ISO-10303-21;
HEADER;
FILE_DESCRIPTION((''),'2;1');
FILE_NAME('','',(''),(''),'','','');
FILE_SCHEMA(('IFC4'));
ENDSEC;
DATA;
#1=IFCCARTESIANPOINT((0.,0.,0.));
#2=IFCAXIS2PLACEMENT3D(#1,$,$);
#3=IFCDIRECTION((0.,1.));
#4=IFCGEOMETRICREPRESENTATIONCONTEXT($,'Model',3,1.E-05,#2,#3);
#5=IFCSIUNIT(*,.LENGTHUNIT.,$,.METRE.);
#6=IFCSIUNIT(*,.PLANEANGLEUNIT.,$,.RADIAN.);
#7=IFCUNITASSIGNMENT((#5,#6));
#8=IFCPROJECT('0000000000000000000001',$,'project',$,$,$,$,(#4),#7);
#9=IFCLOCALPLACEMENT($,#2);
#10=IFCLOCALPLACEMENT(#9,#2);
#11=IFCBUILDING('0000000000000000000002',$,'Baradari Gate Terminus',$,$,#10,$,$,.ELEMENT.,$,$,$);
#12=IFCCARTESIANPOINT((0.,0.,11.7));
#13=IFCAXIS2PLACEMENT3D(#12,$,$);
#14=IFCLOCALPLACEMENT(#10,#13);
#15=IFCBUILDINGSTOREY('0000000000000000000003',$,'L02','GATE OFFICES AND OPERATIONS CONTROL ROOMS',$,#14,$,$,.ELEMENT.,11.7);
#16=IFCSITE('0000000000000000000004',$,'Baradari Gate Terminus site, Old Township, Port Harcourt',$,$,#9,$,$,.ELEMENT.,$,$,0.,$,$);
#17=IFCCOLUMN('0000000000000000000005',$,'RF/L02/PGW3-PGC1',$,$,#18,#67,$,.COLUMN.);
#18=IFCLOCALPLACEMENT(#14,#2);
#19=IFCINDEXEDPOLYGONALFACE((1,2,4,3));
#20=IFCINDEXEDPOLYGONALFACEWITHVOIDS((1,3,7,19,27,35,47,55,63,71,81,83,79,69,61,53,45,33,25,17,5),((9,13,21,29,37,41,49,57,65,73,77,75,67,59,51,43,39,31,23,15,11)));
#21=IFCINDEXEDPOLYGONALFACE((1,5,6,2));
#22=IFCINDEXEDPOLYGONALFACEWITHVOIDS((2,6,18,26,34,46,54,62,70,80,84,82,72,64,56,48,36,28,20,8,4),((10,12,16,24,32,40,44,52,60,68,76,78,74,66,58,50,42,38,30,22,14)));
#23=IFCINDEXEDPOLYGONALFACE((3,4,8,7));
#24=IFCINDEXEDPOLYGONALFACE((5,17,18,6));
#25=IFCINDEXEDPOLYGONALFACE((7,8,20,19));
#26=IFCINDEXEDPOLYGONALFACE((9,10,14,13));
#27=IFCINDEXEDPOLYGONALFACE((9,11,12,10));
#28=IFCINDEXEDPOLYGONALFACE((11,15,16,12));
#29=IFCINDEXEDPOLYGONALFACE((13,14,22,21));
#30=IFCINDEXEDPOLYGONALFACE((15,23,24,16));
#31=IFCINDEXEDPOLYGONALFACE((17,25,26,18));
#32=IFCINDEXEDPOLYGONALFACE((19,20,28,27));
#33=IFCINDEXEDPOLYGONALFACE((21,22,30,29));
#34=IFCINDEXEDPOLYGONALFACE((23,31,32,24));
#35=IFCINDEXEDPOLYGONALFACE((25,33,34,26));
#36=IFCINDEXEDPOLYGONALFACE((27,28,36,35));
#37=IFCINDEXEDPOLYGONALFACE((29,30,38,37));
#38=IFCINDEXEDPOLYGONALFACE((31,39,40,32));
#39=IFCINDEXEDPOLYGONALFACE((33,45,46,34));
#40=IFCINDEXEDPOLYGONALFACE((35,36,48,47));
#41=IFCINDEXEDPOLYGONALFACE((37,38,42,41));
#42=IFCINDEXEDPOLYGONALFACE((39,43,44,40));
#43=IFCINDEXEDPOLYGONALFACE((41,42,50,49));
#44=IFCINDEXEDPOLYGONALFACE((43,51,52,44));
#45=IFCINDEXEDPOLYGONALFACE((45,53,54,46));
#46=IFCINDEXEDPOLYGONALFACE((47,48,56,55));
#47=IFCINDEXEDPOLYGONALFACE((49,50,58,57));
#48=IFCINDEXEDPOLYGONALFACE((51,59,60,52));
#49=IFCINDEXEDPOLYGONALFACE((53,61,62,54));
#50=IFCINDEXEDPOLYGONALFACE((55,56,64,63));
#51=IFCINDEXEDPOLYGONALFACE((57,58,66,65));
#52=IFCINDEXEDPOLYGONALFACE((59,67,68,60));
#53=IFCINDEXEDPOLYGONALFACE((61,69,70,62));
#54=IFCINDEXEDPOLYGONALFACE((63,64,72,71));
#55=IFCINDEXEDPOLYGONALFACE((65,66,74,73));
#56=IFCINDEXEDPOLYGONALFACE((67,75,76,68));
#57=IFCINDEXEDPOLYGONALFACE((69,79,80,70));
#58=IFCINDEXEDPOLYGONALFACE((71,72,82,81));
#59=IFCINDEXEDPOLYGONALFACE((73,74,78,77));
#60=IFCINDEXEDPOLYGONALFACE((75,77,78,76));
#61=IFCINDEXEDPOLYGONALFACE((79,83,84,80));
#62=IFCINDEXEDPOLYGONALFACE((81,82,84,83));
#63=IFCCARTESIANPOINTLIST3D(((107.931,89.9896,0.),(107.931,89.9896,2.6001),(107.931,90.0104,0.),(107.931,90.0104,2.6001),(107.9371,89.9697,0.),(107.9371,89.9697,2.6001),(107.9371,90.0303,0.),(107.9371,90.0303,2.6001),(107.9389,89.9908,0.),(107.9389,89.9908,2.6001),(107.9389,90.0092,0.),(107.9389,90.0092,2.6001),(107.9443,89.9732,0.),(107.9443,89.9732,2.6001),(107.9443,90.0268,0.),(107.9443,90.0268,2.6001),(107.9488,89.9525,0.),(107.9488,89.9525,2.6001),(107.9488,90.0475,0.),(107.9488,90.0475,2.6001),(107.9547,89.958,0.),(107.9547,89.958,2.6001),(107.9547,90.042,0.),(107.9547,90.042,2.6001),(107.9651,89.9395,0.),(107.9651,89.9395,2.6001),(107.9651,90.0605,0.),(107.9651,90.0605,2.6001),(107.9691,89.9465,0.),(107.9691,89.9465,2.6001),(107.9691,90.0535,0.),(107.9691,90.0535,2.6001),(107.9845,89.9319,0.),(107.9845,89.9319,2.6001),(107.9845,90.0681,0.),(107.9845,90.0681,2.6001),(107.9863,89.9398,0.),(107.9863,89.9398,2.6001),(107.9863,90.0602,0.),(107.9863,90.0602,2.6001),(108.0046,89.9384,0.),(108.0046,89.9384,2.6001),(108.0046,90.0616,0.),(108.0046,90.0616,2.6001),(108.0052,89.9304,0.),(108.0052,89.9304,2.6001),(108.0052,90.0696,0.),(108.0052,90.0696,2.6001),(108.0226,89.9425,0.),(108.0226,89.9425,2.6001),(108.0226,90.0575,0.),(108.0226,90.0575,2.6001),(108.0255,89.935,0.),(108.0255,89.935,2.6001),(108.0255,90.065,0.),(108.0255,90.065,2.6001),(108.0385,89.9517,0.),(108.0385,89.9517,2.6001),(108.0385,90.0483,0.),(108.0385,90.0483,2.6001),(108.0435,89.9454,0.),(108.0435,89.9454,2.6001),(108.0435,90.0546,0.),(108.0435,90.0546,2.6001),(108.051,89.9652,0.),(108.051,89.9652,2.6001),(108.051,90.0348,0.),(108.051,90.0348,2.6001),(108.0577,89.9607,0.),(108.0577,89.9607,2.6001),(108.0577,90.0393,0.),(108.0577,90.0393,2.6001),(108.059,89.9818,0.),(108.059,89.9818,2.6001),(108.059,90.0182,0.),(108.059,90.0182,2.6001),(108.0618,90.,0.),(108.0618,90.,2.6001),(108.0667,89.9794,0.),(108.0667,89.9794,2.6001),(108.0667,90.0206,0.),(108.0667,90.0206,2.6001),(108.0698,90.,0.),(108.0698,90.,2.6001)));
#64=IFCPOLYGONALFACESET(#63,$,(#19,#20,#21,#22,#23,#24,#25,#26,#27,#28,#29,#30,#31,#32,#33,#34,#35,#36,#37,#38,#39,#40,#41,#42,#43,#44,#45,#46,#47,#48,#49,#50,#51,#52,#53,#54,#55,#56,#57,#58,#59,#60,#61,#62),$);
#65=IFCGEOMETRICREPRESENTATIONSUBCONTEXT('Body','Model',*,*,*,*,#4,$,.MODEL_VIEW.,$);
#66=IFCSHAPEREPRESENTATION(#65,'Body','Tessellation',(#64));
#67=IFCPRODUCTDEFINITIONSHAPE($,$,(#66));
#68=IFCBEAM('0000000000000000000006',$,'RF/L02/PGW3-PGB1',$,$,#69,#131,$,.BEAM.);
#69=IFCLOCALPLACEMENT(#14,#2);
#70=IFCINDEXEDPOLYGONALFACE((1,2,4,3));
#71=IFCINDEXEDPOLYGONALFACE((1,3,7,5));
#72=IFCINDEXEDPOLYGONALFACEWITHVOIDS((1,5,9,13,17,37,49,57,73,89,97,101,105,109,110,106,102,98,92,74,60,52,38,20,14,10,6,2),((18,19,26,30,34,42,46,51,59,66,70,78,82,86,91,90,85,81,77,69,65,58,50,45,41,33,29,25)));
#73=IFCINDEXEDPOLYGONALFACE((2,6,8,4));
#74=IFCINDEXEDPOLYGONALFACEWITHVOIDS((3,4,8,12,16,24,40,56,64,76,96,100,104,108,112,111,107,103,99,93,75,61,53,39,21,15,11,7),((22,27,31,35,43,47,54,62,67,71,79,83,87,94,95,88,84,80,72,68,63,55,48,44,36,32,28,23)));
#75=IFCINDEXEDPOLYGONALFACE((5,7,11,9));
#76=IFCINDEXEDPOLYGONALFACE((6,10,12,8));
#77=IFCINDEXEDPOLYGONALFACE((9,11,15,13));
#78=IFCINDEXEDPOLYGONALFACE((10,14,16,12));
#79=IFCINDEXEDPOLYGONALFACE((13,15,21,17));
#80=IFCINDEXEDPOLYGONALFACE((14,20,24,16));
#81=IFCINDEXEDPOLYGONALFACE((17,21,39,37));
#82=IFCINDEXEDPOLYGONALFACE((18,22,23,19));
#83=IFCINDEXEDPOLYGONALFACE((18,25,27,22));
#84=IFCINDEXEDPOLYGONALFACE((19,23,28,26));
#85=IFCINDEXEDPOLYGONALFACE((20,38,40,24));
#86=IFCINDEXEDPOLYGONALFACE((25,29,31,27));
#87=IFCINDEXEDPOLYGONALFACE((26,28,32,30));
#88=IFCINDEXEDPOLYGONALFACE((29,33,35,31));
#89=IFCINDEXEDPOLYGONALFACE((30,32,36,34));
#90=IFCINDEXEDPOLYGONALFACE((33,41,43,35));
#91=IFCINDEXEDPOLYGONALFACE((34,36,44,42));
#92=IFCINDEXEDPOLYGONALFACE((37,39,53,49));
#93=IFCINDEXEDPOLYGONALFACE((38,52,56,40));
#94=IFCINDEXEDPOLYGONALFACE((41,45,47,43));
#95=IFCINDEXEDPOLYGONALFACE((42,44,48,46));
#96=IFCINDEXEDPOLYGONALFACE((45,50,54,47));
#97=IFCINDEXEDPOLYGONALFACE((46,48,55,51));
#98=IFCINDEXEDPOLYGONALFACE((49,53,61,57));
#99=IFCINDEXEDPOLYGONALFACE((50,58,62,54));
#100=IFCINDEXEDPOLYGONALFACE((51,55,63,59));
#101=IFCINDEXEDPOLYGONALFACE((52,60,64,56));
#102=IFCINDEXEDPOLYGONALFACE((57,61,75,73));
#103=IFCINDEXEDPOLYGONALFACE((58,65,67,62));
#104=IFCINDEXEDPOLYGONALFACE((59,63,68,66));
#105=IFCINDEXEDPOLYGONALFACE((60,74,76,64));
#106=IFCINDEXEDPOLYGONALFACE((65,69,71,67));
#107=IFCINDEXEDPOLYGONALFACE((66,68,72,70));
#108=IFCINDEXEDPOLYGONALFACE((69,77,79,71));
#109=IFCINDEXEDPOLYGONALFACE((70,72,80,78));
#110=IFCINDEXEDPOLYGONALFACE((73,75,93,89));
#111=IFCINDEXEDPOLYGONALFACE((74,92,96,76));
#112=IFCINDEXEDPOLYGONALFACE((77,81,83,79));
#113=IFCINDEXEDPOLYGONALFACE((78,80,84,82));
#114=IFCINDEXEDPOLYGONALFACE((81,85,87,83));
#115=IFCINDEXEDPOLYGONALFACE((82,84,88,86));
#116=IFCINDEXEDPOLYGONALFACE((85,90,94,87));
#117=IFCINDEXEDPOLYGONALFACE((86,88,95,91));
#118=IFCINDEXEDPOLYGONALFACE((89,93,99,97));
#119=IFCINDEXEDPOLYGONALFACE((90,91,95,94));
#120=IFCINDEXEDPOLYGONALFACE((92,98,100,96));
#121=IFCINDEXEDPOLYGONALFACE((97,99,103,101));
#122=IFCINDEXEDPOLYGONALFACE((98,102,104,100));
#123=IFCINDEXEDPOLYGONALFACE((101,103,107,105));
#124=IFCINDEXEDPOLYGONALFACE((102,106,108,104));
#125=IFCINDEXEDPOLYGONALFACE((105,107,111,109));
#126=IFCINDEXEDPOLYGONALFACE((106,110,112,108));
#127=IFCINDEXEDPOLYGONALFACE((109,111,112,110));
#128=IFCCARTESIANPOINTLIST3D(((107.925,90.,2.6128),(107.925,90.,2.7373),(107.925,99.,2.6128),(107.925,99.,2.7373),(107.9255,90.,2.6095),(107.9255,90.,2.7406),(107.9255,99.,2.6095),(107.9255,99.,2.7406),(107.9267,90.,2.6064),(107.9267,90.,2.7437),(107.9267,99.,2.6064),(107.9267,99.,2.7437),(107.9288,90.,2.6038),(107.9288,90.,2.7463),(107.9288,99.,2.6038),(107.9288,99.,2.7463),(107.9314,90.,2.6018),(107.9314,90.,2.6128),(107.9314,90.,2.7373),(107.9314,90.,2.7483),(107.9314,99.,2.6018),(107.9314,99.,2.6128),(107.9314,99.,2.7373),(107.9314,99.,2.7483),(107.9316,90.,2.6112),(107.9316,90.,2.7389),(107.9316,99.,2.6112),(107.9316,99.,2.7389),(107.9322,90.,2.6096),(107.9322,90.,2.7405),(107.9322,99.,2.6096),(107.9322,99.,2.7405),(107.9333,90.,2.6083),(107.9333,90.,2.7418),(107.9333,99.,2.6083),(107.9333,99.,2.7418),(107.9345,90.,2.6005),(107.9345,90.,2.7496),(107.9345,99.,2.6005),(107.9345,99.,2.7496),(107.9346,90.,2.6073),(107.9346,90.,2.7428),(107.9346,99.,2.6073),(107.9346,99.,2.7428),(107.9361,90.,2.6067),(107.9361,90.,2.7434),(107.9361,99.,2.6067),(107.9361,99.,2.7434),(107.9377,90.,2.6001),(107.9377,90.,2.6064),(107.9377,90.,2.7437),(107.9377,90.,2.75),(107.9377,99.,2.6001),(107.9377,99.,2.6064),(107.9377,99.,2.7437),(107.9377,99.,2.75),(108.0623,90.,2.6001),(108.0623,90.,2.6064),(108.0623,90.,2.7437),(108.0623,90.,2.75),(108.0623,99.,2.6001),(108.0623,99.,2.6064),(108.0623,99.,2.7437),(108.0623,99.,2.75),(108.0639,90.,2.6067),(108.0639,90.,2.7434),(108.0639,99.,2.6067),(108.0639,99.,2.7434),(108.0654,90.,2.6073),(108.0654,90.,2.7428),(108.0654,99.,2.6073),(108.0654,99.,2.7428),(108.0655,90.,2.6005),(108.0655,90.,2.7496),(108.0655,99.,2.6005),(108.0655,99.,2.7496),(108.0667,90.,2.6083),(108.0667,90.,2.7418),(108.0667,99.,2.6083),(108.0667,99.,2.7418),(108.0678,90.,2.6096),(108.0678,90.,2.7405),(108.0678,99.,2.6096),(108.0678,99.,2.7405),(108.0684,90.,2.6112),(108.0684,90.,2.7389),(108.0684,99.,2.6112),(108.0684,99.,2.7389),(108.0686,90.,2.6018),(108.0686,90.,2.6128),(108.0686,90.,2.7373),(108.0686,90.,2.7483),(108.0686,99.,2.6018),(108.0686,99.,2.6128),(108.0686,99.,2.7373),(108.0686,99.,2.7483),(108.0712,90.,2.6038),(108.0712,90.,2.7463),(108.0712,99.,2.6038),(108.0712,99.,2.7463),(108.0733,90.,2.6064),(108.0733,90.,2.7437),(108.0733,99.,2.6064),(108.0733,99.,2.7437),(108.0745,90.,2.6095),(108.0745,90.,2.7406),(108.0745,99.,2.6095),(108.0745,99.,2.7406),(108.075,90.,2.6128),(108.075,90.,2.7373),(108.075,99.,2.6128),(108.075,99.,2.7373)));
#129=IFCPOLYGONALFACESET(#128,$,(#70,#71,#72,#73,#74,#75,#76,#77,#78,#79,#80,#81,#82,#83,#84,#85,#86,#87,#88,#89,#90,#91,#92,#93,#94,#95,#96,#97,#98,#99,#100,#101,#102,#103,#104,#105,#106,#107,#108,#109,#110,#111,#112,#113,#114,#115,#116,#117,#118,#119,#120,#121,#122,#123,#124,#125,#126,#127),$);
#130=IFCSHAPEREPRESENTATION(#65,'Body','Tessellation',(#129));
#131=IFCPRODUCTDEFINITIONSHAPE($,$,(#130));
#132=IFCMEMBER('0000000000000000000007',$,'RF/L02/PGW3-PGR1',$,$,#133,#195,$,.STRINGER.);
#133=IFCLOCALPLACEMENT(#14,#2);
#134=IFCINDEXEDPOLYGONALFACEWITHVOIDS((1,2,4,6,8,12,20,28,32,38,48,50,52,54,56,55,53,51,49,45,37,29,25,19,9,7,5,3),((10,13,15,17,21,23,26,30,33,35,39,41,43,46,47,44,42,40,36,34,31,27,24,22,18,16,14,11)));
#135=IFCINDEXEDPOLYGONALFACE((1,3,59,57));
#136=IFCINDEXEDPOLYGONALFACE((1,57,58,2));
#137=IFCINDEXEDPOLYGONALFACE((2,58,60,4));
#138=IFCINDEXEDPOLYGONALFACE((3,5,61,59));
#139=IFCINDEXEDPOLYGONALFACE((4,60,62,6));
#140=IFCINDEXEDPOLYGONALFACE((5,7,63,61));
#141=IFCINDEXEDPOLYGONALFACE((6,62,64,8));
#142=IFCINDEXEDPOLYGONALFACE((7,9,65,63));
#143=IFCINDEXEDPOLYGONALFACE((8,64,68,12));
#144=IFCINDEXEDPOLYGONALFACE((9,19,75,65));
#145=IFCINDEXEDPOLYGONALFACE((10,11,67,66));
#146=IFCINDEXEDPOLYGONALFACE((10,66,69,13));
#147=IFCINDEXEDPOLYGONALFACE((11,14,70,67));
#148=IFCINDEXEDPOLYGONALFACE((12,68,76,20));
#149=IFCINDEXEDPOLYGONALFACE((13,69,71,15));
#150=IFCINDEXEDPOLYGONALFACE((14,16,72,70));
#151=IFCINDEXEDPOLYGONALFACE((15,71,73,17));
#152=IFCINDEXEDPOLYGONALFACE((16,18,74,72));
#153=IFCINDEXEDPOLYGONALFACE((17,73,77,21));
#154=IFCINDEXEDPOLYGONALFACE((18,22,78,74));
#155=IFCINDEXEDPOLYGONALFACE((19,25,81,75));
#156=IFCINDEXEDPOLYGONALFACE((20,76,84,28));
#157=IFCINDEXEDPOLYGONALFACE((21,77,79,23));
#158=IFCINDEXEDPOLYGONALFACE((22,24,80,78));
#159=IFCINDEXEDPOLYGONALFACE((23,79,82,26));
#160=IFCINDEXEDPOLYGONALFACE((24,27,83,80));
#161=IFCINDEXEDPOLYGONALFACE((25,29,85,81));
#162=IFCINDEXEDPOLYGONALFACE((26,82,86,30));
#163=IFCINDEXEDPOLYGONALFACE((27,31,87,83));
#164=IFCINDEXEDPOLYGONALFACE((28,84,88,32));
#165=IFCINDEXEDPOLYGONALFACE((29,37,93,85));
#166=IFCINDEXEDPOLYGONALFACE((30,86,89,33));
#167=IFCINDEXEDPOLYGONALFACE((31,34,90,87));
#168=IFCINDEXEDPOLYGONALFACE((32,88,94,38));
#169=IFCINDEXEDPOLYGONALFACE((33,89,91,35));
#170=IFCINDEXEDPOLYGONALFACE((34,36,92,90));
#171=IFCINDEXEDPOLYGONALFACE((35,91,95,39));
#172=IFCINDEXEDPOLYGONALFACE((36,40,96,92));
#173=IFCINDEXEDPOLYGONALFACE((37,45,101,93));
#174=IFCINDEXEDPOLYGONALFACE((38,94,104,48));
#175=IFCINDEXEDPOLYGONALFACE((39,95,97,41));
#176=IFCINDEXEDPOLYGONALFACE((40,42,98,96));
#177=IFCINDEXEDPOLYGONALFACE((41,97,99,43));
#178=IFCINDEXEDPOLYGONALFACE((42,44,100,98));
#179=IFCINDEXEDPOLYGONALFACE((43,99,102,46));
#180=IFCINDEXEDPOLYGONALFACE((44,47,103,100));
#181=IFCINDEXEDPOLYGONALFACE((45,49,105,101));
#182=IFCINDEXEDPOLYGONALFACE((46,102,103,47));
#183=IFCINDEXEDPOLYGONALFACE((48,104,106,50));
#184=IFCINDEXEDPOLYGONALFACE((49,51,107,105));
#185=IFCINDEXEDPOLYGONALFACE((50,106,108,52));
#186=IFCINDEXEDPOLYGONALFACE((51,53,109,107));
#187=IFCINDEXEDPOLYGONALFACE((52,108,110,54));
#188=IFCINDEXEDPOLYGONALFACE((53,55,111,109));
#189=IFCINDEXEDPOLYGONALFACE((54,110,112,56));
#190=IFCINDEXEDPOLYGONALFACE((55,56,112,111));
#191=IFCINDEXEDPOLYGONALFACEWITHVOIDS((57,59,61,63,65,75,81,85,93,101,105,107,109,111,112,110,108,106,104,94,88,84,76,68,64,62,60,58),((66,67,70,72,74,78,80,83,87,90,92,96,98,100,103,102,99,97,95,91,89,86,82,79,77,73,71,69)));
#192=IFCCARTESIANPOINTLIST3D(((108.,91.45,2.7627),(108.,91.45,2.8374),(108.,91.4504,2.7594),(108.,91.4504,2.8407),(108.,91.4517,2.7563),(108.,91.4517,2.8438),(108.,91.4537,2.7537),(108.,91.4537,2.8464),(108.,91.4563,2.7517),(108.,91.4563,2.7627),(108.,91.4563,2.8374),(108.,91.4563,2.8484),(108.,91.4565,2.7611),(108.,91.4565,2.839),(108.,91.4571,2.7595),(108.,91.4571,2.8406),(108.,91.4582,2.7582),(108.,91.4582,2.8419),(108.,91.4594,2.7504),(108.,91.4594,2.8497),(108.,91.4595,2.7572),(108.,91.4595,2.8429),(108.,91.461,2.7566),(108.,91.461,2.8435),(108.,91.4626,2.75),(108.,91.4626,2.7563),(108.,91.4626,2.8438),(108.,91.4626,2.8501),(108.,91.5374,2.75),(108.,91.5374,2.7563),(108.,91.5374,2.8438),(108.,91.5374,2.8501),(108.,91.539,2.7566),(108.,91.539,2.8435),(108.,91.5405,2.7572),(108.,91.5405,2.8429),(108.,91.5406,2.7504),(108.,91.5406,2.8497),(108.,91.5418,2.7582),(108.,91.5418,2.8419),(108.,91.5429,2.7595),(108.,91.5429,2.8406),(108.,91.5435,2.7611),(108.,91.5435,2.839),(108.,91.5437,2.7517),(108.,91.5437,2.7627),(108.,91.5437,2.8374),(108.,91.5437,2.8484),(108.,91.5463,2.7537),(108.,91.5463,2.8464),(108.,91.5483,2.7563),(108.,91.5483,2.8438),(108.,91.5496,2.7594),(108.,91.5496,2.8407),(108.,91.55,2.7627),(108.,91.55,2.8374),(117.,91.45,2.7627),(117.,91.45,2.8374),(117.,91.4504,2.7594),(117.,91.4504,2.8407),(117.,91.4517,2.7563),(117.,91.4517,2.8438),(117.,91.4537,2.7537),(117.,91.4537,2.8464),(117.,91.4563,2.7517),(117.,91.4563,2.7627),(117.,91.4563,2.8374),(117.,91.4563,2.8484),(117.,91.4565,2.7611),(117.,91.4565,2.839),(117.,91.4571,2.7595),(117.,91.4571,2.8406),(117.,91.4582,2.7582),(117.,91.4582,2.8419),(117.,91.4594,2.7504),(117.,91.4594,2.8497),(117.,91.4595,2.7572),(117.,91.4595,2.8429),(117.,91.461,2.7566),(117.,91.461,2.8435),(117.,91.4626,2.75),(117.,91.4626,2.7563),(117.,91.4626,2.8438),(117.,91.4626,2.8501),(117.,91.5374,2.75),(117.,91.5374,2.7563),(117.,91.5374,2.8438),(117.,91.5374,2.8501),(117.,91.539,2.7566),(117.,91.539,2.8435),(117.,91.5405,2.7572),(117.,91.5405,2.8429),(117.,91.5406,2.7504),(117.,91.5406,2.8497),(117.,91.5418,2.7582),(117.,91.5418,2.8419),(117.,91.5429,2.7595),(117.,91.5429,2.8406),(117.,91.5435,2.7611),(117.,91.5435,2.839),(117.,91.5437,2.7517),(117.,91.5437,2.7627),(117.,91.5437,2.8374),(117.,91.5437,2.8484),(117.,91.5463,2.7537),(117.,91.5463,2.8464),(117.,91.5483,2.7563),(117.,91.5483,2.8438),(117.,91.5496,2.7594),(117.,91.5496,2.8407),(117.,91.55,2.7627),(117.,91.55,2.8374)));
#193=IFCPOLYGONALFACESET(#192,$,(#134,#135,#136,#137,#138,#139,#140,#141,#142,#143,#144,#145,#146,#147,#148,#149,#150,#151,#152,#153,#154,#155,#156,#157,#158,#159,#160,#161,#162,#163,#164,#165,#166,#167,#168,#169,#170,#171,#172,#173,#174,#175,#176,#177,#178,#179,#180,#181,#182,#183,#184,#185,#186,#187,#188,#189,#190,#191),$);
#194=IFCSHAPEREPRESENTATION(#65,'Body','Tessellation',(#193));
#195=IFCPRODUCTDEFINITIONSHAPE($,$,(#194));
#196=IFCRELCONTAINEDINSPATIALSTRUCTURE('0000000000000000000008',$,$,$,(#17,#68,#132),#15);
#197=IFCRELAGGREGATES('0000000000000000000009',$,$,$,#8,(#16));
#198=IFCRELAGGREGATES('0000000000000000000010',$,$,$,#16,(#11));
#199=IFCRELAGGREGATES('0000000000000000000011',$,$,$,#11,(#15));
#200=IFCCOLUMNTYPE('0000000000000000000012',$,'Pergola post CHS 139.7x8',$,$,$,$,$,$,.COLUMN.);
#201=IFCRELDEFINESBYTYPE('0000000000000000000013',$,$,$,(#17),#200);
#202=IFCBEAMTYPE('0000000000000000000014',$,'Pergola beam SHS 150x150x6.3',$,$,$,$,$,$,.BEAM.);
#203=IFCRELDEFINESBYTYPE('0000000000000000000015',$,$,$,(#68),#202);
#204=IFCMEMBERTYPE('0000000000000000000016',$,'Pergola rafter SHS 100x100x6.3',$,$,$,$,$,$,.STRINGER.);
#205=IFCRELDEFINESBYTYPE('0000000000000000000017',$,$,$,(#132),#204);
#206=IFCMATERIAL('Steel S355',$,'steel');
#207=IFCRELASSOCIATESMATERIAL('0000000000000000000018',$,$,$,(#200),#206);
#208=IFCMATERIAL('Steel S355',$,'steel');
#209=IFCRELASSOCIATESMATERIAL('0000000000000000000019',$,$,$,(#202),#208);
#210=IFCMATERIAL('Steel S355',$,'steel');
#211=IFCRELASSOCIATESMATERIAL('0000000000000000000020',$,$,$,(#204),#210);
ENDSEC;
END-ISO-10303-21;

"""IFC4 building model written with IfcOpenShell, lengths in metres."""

from ifc_helpers import new_model, si_unit, direction, frame, origin, origin_2d, place, context, subcontext, project, spatial, hollow_rectangle, hollow_circle, extrude, material, material_profile, profile_set, type_object, element, save


model = new_model("IFC4")

# Units and contexts
model_context = context("Model", 3, precision=1e-05, world=origin(), true_north=direction((0.0, 1.0)))
body_context = subcontext(model_context, "Body", "Model", "MODEL_VIEW")
ifc_project = project(units=[si_unit("LENGTHUNIT", "METRE"), si_unit("PLANEANGLEUNIT", "RADIAN")], contexts=[model_context])

# Site, building, storey
site_placement = place(None, origin())
site = spatial("IfcSite", under=ifc_project, at=site_placement, Name="Baradari Gate Terminus site, Old Township, Port Harcourt", CompositionType="ELEMENT", RefElevation=0.0)
building_placement = place(site_placement, origin())
building = spatial("IfcBuilding", under=site, at=building_placement, Name="Baradari Gate Terminus", CompositionType="ELEMENT")
storey_placement = place(building_placement, frame((0.0, 0.0, 11.7)))
storey = spatial("IfcBuildingStorey", under=building, at=storey_placement, Name="L02", Description="GATE OFFICES AND OPERATIONS CONTROL ROOMS", CompositionType="ELEMENT", Elevation=11.7)

# Column
ifc_material_1 = material(Name="Steel S355", Category="steel")
ifc_material_profile_1 = material_profile(ifc_material_1, hollow_circle(Radius=0.0698, WallThickness=0.0081, at=origin_2d()), Name="CHS 139.7x8")
ifc_profile_set_1 = profile_set([ifc_material_profile_1], Name="Steel S355")
column_type = type_object("IfcColumnType", Name="Pergola post CHS 139.7x8", PredefinedType="COLUMN", material=ifc_profile_set_1)
column_placement = place(storey_placement, frame((108.0, 90.0, 0.0), z_axis=(0.0, 0.0, 1.0), x_axis=(1.0, 0.0, 0.0)))
element("IfcColumn", 1, at=column_placement, inside=storey, type_object=column_type, Name="RF/L02/PGW3-PGC1", PredefinedType="COLUMN", context=body_context, shape_type="SweptSolid", body=[
    extrude(hollow_circle(Radius=0.0698, WallThickness=0.0081, at=origin_2d()), origin(), (0.0, 0.0, 1.0), 2.6001),
])

# Beam
ifc_material_2 = material(Name="Steel S355", Category="steel")
ifc_material_profile_2 = material_profile(ifc_material_2, hollow_rectangle(XDim=0.1499, YDim=0.1499, WallThickness=0.0063, InnerFilletRadius=0.0063, OuterFilletRadius=0.0127, at=origin_2d()), Name="SHS 150x150x6.3")
ifc_profile_set_2 = profile_set([ifc_material_profile_2], Name="Steel S355")
beam_type = type_object("IfcBeamType", Name="Pergola beam SHS 150x150x6.3", PredefinedType="BEAM", material=ifc_profile_set_2)
beam_placement = place(storey_placement, frame((108.0, 90.0, 2.675), z_axis=(0.0, 1.0, 0.0), x_axis=(-1.0, 0.0, 0.0)))
element("IfcBeam", 2, at=beam_placement, inside=storey, type_object=beam_type, Name="RF/L02/PGW3-PGB1", PredefinedType="BEAM", context=body_context, shape_type="SweptSolid", body=[
    extrude(hollow_rectangle(XDim=0.1499, YDim=0.1499, WallThickness=0.0063, InnerFilletRadius=0.0063, OuterFilletRadius=0.0127, at=origin_2d()), origin(), (0.0, 0.0, 1.0), 9.0),
])

# Member
ifc_material_3 = material(Name="Steel S355", Category="steel")
ifc_material_profile_3 = material_profile(ifc_material_3, hollow_rectangle(XDim=0.1001, YDim=0.1001, WallThickness=0.0063, InnerFilletRadius=0.0063, OuterFilletRadius=0.0127, at=origin_2d()), Name="SHS 100x100x6.3")
ifc_profile_set_3 = profile_set([ifc_material_profile_3], Name="Steel S355")
member_type_1 = type_object("IfcMemberType", Name="Pergola rafter SHS 100x100x6.3", PredefinedType="STRINGER", material=ifc_profile_set_3)
for number, where, z_axis, x_axis, name in (
    (3, (108.0, 91.5, 2.8), (1.0, 0.0, 0.0), (0.0, 1.0, 0.0), "RF/L02/PGW3-PGR1"),
):
    element("IfcMember", number, at=place(storey_placement, frame(where, z_axis=z_axis, x_axis=x_axis)), inside=storey, type_object=member_type_1, Name=name, PredefinedType="STRINGER", context=body_context, shape_type="SweptSolid", body=[
        extrude(hollow_rectangle(XDim=0.1001, YDim=0.1001, WallThickness=0.0063, InnerFilletRadius=0.0063, OuterFilletRadius=0.0127, at=origin_2d()), origin(), (0.0, 0.0, 1.0), 9.0),
    ])

save(model, "model.ifc")
